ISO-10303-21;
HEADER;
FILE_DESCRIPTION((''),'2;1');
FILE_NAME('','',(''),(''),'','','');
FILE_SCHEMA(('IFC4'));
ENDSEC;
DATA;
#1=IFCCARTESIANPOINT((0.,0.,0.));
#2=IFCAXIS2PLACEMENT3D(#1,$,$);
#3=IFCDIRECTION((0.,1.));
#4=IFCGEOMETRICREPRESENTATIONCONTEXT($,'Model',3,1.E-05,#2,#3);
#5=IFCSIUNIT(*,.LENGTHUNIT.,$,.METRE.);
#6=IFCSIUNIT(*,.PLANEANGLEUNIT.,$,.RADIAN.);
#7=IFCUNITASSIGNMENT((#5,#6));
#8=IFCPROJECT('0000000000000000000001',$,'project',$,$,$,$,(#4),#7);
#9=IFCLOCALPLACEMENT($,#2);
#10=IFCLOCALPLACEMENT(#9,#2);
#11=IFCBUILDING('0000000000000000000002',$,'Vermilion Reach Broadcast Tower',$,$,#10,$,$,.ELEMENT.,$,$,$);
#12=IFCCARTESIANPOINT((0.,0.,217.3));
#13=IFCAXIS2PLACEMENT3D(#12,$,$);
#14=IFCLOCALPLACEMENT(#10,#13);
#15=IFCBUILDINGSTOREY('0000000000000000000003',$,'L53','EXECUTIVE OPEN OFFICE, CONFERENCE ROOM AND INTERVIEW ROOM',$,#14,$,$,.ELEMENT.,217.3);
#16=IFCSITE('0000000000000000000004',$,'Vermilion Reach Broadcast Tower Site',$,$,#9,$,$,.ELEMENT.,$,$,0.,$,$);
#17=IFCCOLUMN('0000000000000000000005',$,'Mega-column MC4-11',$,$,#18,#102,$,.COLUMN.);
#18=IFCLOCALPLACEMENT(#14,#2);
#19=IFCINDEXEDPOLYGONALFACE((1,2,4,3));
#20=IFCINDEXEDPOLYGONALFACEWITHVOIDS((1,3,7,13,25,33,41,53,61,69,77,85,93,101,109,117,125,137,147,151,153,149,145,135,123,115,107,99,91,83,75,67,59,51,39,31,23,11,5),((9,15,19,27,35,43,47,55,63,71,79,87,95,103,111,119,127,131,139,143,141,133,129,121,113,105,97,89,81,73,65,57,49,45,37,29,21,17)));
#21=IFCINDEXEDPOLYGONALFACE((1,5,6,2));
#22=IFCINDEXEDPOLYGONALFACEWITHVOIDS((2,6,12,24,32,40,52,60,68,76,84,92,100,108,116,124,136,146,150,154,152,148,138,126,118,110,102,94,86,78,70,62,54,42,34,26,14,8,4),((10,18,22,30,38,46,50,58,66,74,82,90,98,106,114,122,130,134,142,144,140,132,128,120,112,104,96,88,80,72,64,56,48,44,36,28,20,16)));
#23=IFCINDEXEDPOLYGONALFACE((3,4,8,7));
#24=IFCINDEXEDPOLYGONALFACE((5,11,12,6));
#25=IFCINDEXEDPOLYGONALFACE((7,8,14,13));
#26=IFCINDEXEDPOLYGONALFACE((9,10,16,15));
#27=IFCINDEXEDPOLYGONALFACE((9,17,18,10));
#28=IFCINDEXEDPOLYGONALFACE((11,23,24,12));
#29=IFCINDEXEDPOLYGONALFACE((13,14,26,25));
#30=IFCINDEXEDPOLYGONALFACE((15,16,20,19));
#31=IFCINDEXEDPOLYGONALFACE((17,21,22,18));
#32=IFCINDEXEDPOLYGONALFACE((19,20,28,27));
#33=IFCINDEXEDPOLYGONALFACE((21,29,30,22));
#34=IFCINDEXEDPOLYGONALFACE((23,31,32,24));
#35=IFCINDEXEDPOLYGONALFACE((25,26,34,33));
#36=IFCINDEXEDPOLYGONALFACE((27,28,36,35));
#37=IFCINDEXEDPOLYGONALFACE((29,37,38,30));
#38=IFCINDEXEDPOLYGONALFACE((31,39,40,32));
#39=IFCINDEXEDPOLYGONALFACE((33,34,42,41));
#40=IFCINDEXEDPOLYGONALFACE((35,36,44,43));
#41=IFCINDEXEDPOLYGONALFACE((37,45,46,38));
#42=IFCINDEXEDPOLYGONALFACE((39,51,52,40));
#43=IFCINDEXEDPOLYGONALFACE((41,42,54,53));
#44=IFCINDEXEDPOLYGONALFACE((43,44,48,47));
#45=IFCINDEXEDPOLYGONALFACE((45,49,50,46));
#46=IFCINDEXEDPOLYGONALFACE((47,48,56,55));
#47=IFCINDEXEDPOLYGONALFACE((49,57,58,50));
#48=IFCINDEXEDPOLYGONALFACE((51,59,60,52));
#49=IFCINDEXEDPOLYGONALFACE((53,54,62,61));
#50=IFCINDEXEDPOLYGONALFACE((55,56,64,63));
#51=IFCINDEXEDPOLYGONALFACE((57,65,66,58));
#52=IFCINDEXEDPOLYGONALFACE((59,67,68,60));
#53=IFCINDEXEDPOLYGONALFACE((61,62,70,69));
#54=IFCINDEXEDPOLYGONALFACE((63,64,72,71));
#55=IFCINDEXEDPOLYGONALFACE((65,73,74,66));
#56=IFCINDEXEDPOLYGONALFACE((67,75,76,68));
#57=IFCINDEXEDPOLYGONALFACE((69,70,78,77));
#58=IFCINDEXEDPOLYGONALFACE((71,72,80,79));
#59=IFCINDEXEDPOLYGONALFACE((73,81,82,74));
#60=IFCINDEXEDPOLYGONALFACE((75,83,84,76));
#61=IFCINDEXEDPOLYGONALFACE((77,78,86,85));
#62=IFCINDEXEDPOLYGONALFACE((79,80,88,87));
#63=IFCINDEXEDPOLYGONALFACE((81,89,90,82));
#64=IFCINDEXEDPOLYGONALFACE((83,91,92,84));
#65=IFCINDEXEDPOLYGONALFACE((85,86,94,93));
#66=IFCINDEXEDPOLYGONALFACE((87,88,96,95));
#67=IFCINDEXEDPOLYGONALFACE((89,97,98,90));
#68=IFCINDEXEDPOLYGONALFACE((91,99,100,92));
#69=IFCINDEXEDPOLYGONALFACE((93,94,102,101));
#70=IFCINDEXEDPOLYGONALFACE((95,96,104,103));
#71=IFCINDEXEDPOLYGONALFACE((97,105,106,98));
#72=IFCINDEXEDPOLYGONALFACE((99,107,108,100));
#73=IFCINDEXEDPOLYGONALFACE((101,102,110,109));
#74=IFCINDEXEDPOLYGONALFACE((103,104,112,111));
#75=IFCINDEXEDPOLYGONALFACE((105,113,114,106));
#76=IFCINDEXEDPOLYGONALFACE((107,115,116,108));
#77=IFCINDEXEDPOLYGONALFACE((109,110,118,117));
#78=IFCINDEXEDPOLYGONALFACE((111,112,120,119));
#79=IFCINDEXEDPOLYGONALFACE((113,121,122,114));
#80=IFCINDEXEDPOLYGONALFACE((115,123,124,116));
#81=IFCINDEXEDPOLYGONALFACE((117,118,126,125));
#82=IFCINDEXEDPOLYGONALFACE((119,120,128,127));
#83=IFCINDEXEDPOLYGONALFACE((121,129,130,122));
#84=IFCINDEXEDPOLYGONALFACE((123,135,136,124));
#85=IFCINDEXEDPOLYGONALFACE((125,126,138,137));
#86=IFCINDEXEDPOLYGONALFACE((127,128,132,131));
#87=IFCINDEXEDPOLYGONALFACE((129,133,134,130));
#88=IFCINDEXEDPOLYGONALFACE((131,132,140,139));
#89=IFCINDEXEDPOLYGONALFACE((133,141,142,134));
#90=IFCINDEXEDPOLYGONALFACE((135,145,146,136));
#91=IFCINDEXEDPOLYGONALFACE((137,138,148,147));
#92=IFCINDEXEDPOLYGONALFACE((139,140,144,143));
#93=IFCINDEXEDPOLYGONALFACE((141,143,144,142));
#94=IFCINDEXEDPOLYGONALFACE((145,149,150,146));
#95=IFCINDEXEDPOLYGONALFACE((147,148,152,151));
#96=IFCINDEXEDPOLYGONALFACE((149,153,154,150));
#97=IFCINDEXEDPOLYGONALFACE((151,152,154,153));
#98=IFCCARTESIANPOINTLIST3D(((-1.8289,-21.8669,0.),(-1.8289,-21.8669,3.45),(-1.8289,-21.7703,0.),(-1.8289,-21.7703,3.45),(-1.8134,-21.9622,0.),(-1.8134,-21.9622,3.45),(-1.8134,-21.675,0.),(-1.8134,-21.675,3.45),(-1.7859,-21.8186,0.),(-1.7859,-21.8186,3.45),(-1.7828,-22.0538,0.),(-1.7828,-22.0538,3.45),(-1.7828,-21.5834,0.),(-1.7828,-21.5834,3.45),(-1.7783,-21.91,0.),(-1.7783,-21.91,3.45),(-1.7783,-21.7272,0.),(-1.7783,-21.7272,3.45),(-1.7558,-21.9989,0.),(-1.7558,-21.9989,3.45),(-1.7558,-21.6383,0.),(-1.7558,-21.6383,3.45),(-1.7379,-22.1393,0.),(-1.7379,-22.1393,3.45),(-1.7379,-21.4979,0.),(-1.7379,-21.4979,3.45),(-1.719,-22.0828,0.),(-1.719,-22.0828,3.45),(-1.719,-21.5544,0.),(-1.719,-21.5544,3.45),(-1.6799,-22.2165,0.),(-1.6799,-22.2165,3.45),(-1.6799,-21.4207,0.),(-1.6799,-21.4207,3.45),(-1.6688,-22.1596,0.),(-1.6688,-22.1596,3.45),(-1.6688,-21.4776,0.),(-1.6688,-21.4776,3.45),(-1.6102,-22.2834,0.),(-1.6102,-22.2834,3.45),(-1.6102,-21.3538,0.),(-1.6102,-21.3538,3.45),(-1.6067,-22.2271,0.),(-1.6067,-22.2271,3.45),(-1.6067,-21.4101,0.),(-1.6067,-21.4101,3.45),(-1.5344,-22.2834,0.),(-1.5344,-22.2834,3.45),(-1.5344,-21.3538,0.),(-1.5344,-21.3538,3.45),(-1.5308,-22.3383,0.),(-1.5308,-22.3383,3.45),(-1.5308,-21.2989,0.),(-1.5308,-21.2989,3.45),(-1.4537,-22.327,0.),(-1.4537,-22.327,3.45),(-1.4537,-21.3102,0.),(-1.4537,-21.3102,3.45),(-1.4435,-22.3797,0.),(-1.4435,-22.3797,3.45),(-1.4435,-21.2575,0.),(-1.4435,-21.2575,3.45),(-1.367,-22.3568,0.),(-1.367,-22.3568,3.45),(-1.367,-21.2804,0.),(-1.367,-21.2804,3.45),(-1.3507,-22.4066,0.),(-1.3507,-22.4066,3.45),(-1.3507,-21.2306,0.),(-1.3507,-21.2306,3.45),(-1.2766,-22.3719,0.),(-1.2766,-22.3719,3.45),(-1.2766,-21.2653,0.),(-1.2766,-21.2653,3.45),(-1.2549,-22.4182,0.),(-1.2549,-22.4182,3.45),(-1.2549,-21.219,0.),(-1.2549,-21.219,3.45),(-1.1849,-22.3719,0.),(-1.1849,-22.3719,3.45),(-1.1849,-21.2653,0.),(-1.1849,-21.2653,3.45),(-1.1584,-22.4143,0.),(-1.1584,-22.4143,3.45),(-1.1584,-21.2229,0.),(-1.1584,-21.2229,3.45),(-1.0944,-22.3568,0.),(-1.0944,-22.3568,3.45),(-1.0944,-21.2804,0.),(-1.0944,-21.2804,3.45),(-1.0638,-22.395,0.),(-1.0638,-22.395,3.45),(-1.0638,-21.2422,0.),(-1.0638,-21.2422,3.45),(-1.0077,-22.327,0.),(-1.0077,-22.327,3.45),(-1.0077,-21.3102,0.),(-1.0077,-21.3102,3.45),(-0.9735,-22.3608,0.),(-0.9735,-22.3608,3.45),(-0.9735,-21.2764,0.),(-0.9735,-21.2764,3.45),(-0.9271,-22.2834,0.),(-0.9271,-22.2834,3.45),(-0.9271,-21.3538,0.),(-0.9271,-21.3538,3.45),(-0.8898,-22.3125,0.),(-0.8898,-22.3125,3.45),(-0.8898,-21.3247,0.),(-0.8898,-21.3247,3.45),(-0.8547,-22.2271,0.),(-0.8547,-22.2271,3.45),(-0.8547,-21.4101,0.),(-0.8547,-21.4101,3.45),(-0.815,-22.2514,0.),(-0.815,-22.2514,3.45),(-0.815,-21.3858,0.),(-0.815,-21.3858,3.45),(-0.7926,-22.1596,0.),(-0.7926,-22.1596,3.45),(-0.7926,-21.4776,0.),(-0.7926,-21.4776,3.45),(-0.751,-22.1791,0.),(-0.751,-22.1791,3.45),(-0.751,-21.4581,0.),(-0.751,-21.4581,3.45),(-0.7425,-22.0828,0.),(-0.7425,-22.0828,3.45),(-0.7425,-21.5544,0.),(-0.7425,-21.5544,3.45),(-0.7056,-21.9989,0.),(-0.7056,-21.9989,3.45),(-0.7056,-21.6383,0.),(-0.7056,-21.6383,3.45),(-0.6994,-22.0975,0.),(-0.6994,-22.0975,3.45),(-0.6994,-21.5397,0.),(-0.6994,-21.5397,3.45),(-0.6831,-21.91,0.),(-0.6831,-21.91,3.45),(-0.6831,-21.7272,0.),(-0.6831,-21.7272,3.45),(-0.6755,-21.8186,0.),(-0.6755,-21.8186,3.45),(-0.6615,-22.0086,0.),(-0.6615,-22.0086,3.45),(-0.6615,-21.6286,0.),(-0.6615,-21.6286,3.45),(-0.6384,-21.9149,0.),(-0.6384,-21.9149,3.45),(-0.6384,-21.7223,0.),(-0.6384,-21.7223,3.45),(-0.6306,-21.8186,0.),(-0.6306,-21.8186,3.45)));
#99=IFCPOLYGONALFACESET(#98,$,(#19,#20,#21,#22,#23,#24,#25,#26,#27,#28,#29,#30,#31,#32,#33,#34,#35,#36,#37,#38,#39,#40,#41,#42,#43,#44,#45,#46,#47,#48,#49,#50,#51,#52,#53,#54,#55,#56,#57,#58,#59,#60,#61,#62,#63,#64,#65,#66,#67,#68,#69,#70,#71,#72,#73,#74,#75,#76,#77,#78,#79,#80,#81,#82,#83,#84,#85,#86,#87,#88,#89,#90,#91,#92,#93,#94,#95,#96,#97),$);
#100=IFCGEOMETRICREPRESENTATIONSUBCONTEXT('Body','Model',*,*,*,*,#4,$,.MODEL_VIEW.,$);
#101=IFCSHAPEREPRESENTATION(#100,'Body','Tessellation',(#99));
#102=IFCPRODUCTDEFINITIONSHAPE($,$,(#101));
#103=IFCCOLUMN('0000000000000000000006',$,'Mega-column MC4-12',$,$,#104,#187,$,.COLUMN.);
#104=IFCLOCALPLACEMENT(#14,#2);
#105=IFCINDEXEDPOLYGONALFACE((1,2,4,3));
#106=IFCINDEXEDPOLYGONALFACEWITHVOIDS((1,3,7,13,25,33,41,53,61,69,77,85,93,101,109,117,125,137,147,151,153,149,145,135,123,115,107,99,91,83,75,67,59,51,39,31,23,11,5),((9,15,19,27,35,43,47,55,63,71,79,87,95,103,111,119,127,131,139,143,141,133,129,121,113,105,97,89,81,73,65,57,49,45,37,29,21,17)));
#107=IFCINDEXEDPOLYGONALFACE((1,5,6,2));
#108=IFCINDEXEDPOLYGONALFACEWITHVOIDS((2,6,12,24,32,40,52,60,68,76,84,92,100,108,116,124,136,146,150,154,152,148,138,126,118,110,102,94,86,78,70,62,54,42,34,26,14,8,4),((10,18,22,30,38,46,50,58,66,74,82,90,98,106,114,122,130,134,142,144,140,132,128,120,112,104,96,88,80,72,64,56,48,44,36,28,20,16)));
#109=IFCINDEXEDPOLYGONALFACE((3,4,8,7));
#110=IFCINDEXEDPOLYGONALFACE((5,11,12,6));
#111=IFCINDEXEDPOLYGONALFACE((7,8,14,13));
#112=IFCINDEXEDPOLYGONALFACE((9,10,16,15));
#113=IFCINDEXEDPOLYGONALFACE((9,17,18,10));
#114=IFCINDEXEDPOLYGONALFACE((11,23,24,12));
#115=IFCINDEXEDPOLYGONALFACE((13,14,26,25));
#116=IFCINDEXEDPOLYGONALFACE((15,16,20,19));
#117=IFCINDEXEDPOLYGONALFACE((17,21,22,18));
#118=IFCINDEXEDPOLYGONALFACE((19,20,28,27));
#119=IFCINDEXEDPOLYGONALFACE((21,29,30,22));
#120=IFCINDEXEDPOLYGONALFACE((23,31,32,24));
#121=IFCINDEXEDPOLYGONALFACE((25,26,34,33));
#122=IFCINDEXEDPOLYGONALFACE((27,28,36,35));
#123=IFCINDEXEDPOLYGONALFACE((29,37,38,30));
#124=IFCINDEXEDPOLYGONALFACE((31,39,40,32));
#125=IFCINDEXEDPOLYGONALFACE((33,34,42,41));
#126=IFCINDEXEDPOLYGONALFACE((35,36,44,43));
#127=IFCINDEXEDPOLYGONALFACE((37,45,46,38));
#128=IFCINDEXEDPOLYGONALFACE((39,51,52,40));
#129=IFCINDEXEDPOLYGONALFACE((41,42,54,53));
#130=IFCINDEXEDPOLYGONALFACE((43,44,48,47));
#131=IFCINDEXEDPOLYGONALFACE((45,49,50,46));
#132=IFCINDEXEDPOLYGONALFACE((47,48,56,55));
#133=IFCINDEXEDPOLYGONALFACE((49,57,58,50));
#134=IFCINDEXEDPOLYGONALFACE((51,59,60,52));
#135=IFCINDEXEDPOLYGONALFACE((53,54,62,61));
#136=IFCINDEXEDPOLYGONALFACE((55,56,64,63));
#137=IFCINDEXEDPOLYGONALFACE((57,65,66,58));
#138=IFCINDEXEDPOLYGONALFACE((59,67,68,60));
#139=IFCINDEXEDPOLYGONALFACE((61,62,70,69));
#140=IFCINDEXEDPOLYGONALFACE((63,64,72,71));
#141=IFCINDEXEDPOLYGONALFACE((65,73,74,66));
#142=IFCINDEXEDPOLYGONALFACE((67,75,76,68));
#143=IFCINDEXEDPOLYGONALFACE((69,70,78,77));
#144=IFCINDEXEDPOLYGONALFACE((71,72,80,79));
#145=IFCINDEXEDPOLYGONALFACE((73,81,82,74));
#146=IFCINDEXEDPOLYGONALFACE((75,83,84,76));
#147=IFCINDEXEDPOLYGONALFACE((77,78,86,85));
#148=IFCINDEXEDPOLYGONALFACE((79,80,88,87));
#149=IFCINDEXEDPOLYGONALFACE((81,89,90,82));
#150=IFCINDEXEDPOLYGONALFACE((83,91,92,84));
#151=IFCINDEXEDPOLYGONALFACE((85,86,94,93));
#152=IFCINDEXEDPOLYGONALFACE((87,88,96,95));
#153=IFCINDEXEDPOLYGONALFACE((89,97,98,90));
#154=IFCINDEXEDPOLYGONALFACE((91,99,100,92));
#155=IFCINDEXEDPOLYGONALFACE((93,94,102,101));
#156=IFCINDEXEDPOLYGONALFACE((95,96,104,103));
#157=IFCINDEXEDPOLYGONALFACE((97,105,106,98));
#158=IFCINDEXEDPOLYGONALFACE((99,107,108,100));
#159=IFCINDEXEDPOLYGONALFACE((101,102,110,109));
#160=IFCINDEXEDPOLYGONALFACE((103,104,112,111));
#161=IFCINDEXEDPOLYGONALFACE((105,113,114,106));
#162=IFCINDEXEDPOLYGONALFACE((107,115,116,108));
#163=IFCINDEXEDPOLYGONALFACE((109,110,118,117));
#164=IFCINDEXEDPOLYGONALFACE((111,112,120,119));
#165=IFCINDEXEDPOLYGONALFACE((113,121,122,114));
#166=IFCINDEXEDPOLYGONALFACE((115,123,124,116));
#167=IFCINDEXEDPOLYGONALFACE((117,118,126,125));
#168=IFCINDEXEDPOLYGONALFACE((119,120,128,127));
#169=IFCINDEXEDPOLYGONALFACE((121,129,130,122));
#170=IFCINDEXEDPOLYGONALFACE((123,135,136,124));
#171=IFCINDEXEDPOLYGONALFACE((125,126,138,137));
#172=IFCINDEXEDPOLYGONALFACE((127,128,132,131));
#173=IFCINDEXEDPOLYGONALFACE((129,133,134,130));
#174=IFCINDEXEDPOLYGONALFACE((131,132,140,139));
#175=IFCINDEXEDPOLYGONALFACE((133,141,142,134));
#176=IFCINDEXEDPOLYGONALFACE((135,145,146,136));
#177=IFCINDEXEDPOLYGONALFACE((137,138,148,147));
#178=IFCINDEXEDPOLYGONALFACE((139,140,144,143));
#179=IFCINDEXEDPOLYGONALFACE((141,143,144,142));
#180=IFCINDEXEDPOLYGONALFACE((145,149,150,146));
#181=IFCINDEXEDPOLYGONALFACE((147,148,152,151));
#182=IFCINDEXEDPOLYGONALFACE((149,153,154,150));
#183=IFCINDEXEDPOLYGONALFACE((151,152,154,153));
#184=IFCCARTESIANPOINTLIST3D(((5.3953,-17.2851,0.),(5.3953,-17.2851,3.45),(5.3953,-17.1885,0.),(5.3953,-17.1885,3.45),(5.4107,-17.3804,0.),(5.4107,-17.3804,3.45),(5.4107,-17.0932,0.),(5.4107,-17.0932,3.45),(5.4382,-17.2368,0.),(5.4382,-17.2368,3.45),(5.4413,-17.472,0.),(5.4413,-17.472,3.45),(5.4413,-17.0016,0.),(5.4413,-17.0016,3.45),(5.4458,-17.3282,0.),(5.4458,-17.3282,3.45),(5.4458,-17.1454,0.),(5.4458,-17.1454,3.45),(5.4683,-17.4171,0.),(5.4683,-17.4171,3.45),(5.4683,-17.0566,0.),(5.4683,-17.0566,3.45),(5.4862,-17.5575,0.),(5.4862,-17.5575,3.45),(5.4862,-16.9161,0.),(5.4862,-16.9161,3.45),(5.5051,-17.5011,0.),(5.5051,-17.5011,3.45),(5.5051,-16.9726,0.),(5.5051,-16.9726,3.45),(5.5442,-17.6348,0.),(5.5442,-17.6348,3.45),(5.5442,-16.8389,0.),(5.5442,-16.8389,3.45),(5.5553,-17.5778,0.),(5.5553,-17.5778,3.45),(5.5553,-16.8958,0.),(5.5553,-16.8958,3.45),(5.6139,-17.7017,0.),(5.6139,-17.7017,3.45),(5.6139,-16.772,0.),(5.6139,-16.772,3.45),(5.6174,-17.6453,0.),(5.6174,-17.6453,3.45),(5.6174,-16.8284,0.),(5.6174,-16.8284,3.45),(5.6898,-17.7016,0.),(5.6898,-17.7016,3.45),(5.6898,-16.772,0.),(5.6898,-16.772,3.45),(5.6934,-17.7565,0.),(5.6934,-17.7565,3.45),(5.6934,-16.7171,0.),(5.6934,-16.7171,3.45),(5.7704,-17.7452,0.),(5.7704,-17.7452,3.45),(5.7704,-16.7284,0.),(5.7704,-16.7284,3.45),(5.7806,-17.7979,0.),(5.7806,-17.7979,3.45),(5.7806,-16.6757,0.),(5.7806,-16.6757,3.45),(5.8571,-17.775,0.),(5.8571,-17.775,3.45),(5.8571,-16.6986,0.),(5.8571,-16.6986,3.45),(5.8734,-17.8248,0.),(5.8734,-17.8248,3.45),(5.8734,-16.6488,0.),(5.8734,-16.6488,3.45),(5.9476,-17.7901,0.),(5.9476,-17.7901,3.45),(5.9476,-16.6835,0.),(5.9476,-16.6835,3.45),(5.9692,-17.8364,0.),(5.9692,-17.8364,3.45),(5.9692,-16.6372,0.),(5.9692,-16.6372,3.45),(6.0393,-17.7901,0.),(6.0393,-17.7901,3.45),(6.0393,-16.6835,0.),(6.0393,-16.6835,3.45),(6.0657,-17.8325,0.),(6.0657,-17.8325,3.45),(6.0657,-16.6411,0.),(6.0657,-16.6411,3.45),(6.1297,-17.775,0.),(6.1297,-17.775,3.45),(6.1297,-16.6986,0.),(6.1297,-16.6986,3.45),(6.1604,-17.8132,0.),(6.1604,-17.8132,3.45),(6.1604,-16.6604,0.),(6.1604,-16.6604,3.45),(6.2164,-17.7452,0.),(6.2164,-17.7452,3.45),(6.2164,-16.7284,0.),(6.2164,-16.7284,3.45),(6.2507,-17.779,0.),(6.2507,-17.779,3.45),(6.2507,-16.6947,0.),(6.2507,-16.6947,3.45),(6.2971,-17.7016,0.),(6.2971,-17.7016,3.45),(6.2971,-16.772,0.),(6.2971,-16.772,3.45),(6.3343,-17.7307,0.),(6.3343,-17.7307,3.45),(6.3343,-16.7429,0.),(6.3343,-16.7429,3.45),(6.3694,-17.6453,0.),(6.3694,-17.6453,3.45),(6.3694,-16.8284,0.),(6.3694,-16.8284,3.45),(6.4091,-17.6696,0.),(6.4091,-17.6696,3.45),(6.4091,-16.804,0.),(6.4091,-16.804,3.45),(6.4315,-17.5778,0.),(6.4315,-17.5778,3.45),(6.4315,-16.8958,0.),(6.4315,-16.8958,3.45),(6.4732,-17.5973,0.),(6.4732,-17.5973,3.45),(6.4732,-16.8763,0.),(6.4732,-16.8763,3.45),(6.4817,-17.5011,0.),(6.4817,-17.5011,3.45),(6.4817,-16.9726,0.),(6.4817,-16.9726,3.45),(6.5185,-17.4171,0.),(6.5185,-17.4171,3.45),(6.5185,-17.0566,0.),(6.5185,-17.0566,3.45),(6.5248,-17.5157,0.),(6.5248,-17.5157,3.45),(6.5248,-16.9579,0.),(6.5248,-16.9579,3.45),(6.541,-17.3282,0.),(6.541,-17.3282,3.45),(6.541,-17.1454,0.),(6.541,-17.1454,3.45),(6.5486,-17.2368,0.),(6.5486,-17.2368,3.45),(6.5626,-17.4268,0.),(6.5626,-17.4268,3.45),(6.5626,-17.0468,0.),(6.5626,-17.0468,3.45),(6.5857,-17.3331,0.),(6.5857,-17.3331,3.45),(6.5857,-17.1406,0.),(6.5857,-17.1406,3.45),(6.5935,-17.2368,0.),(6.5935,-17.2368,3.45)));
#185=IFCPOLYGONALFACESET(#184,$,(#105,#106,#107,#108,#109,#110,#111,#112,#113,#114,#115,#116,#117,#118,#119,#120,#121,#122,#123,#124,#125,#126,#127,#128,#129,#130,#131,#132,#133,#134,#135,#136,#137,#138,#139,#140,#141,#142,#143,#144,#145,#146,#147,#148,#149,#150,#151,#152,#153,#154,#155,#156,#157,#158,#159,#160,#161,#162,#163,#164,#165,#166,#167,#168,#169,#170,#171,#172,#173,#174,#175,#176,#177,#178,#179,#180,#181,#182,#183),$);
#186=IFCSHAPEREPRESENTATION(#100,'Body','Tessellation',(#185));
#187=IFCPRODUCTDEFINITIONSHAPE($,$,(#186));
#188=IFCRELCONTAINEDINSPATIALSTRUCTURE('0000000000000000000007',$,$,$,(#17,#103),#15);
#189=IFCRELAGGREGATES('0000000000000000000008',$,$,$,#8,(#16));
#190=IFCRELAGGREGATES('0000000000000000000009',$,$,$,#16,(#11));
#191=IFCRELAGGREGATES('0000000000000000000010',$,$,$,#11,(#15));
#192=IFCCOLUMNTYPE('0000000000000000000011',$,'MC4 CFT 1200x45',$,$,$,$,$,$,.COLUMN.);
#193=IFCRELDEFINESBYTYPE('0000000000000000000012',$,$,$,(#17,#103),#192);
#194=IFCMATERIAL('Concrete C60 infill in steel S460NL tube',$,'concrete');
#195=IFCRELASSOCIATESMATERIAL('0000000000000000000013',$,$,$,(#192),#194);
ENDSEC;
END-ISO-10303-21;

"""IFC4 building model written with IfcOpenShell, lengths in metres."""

from ifc_helpers import new_model, si_unit, direction, frame, origin, origin_2d, place, context, subcontext, project, spatial, hollow_circle, extrude, material, material_profile, profile_set, type_object, element, save


model = new_model("IFC4")

# Units and contexts
model_context = context("Model", 3, precision=1e-05, world=origin(), true_north=direction((0.0, 1.0)))
body_context = subcontext(model_context, "Body", "Model", "MODEL_VIEW")
ifc_project = project(units=[si_unit("LENGTHUNIT", "METRE"), si_unit("PLANEANGLEUNIT", "RADIAN")], contexts=[model_context])

# Site, building, storey
site_placement = place(None, origin())
site = spatial("IfcSite", under=ifc_project, at=site_placement, Name="Vermilion Reach Broadcast Tower Site", CompositionType="ELEMENT", RefElevation=0.0)
building_placement = place(site_placement, origin())
building = spatial("IfcBuilding", under=site, at=building_placement, Name="Vermilion Reach Broadcast Tower", CompositionType="ELEMENT")
storey_placement = place(building_placement, frame((0.0, 0.0, 217.3)))
storey = spatial("IfcBuildingStorey", under=building, at=storey_placement, Name="L53", Description="EXECUTIVE OPEN OFFICE, CONFERENCE ROOM AND INTERVIEW ROOM", CompositionType="ELEMENT", Elevation=217.3)

# Columns
ifc_material_1 = material(Name="Concrete C60 infill in steel S460NL tube", Category="concrete")
ifc_material_profile_1 = material_profile(ifc_material_1, hollow_circle(Radius=0.6001, WallThickness=0.0449, at=origin_2d()), Name="Concrete C60 infill in steel S460NL tube CFT 1200x45")
ifc_profile_set_1 = profile_set([ifc_material_profile_1], Name="Concrete C60 infill in steel S460NL tube")
column_type = type_object("IfcColumnType", Name="MC4 CFT 1200x45", PredefinedType="COLUMN", material=ifc_profile_set_1)
for number, where, z_axis, x_axis, name in (
    (1, (-1.2307, -21.8186, 0.0), (0.0, 0.0, 1.0), (1.0, 0.0, 0.0), "Mega-column MC4-11"),
    (2, (5.9934, -17.2368, 0.0), (0.0, 0.0, 1.0), (1.0, 0.0, 0.0), "Mega-column MC4-12"),
):
    element("IfcColumn", number, at=place(storey_placement, frame(where, z_axis=z_axis, x_axis=x_axis)), inside=storey, type_object=column_type, Name=name, PredefinedType="COLUMN", context=body_context, shape_type="SweptSolid", body=[
        extrude(hollow_circle(Radius=0.6001, WallThickness=0.0449, at=origin_2d()), origin(), (0.0, 0.0, 1.0), 3.45),
    ])

save(model, "model.ifc")
